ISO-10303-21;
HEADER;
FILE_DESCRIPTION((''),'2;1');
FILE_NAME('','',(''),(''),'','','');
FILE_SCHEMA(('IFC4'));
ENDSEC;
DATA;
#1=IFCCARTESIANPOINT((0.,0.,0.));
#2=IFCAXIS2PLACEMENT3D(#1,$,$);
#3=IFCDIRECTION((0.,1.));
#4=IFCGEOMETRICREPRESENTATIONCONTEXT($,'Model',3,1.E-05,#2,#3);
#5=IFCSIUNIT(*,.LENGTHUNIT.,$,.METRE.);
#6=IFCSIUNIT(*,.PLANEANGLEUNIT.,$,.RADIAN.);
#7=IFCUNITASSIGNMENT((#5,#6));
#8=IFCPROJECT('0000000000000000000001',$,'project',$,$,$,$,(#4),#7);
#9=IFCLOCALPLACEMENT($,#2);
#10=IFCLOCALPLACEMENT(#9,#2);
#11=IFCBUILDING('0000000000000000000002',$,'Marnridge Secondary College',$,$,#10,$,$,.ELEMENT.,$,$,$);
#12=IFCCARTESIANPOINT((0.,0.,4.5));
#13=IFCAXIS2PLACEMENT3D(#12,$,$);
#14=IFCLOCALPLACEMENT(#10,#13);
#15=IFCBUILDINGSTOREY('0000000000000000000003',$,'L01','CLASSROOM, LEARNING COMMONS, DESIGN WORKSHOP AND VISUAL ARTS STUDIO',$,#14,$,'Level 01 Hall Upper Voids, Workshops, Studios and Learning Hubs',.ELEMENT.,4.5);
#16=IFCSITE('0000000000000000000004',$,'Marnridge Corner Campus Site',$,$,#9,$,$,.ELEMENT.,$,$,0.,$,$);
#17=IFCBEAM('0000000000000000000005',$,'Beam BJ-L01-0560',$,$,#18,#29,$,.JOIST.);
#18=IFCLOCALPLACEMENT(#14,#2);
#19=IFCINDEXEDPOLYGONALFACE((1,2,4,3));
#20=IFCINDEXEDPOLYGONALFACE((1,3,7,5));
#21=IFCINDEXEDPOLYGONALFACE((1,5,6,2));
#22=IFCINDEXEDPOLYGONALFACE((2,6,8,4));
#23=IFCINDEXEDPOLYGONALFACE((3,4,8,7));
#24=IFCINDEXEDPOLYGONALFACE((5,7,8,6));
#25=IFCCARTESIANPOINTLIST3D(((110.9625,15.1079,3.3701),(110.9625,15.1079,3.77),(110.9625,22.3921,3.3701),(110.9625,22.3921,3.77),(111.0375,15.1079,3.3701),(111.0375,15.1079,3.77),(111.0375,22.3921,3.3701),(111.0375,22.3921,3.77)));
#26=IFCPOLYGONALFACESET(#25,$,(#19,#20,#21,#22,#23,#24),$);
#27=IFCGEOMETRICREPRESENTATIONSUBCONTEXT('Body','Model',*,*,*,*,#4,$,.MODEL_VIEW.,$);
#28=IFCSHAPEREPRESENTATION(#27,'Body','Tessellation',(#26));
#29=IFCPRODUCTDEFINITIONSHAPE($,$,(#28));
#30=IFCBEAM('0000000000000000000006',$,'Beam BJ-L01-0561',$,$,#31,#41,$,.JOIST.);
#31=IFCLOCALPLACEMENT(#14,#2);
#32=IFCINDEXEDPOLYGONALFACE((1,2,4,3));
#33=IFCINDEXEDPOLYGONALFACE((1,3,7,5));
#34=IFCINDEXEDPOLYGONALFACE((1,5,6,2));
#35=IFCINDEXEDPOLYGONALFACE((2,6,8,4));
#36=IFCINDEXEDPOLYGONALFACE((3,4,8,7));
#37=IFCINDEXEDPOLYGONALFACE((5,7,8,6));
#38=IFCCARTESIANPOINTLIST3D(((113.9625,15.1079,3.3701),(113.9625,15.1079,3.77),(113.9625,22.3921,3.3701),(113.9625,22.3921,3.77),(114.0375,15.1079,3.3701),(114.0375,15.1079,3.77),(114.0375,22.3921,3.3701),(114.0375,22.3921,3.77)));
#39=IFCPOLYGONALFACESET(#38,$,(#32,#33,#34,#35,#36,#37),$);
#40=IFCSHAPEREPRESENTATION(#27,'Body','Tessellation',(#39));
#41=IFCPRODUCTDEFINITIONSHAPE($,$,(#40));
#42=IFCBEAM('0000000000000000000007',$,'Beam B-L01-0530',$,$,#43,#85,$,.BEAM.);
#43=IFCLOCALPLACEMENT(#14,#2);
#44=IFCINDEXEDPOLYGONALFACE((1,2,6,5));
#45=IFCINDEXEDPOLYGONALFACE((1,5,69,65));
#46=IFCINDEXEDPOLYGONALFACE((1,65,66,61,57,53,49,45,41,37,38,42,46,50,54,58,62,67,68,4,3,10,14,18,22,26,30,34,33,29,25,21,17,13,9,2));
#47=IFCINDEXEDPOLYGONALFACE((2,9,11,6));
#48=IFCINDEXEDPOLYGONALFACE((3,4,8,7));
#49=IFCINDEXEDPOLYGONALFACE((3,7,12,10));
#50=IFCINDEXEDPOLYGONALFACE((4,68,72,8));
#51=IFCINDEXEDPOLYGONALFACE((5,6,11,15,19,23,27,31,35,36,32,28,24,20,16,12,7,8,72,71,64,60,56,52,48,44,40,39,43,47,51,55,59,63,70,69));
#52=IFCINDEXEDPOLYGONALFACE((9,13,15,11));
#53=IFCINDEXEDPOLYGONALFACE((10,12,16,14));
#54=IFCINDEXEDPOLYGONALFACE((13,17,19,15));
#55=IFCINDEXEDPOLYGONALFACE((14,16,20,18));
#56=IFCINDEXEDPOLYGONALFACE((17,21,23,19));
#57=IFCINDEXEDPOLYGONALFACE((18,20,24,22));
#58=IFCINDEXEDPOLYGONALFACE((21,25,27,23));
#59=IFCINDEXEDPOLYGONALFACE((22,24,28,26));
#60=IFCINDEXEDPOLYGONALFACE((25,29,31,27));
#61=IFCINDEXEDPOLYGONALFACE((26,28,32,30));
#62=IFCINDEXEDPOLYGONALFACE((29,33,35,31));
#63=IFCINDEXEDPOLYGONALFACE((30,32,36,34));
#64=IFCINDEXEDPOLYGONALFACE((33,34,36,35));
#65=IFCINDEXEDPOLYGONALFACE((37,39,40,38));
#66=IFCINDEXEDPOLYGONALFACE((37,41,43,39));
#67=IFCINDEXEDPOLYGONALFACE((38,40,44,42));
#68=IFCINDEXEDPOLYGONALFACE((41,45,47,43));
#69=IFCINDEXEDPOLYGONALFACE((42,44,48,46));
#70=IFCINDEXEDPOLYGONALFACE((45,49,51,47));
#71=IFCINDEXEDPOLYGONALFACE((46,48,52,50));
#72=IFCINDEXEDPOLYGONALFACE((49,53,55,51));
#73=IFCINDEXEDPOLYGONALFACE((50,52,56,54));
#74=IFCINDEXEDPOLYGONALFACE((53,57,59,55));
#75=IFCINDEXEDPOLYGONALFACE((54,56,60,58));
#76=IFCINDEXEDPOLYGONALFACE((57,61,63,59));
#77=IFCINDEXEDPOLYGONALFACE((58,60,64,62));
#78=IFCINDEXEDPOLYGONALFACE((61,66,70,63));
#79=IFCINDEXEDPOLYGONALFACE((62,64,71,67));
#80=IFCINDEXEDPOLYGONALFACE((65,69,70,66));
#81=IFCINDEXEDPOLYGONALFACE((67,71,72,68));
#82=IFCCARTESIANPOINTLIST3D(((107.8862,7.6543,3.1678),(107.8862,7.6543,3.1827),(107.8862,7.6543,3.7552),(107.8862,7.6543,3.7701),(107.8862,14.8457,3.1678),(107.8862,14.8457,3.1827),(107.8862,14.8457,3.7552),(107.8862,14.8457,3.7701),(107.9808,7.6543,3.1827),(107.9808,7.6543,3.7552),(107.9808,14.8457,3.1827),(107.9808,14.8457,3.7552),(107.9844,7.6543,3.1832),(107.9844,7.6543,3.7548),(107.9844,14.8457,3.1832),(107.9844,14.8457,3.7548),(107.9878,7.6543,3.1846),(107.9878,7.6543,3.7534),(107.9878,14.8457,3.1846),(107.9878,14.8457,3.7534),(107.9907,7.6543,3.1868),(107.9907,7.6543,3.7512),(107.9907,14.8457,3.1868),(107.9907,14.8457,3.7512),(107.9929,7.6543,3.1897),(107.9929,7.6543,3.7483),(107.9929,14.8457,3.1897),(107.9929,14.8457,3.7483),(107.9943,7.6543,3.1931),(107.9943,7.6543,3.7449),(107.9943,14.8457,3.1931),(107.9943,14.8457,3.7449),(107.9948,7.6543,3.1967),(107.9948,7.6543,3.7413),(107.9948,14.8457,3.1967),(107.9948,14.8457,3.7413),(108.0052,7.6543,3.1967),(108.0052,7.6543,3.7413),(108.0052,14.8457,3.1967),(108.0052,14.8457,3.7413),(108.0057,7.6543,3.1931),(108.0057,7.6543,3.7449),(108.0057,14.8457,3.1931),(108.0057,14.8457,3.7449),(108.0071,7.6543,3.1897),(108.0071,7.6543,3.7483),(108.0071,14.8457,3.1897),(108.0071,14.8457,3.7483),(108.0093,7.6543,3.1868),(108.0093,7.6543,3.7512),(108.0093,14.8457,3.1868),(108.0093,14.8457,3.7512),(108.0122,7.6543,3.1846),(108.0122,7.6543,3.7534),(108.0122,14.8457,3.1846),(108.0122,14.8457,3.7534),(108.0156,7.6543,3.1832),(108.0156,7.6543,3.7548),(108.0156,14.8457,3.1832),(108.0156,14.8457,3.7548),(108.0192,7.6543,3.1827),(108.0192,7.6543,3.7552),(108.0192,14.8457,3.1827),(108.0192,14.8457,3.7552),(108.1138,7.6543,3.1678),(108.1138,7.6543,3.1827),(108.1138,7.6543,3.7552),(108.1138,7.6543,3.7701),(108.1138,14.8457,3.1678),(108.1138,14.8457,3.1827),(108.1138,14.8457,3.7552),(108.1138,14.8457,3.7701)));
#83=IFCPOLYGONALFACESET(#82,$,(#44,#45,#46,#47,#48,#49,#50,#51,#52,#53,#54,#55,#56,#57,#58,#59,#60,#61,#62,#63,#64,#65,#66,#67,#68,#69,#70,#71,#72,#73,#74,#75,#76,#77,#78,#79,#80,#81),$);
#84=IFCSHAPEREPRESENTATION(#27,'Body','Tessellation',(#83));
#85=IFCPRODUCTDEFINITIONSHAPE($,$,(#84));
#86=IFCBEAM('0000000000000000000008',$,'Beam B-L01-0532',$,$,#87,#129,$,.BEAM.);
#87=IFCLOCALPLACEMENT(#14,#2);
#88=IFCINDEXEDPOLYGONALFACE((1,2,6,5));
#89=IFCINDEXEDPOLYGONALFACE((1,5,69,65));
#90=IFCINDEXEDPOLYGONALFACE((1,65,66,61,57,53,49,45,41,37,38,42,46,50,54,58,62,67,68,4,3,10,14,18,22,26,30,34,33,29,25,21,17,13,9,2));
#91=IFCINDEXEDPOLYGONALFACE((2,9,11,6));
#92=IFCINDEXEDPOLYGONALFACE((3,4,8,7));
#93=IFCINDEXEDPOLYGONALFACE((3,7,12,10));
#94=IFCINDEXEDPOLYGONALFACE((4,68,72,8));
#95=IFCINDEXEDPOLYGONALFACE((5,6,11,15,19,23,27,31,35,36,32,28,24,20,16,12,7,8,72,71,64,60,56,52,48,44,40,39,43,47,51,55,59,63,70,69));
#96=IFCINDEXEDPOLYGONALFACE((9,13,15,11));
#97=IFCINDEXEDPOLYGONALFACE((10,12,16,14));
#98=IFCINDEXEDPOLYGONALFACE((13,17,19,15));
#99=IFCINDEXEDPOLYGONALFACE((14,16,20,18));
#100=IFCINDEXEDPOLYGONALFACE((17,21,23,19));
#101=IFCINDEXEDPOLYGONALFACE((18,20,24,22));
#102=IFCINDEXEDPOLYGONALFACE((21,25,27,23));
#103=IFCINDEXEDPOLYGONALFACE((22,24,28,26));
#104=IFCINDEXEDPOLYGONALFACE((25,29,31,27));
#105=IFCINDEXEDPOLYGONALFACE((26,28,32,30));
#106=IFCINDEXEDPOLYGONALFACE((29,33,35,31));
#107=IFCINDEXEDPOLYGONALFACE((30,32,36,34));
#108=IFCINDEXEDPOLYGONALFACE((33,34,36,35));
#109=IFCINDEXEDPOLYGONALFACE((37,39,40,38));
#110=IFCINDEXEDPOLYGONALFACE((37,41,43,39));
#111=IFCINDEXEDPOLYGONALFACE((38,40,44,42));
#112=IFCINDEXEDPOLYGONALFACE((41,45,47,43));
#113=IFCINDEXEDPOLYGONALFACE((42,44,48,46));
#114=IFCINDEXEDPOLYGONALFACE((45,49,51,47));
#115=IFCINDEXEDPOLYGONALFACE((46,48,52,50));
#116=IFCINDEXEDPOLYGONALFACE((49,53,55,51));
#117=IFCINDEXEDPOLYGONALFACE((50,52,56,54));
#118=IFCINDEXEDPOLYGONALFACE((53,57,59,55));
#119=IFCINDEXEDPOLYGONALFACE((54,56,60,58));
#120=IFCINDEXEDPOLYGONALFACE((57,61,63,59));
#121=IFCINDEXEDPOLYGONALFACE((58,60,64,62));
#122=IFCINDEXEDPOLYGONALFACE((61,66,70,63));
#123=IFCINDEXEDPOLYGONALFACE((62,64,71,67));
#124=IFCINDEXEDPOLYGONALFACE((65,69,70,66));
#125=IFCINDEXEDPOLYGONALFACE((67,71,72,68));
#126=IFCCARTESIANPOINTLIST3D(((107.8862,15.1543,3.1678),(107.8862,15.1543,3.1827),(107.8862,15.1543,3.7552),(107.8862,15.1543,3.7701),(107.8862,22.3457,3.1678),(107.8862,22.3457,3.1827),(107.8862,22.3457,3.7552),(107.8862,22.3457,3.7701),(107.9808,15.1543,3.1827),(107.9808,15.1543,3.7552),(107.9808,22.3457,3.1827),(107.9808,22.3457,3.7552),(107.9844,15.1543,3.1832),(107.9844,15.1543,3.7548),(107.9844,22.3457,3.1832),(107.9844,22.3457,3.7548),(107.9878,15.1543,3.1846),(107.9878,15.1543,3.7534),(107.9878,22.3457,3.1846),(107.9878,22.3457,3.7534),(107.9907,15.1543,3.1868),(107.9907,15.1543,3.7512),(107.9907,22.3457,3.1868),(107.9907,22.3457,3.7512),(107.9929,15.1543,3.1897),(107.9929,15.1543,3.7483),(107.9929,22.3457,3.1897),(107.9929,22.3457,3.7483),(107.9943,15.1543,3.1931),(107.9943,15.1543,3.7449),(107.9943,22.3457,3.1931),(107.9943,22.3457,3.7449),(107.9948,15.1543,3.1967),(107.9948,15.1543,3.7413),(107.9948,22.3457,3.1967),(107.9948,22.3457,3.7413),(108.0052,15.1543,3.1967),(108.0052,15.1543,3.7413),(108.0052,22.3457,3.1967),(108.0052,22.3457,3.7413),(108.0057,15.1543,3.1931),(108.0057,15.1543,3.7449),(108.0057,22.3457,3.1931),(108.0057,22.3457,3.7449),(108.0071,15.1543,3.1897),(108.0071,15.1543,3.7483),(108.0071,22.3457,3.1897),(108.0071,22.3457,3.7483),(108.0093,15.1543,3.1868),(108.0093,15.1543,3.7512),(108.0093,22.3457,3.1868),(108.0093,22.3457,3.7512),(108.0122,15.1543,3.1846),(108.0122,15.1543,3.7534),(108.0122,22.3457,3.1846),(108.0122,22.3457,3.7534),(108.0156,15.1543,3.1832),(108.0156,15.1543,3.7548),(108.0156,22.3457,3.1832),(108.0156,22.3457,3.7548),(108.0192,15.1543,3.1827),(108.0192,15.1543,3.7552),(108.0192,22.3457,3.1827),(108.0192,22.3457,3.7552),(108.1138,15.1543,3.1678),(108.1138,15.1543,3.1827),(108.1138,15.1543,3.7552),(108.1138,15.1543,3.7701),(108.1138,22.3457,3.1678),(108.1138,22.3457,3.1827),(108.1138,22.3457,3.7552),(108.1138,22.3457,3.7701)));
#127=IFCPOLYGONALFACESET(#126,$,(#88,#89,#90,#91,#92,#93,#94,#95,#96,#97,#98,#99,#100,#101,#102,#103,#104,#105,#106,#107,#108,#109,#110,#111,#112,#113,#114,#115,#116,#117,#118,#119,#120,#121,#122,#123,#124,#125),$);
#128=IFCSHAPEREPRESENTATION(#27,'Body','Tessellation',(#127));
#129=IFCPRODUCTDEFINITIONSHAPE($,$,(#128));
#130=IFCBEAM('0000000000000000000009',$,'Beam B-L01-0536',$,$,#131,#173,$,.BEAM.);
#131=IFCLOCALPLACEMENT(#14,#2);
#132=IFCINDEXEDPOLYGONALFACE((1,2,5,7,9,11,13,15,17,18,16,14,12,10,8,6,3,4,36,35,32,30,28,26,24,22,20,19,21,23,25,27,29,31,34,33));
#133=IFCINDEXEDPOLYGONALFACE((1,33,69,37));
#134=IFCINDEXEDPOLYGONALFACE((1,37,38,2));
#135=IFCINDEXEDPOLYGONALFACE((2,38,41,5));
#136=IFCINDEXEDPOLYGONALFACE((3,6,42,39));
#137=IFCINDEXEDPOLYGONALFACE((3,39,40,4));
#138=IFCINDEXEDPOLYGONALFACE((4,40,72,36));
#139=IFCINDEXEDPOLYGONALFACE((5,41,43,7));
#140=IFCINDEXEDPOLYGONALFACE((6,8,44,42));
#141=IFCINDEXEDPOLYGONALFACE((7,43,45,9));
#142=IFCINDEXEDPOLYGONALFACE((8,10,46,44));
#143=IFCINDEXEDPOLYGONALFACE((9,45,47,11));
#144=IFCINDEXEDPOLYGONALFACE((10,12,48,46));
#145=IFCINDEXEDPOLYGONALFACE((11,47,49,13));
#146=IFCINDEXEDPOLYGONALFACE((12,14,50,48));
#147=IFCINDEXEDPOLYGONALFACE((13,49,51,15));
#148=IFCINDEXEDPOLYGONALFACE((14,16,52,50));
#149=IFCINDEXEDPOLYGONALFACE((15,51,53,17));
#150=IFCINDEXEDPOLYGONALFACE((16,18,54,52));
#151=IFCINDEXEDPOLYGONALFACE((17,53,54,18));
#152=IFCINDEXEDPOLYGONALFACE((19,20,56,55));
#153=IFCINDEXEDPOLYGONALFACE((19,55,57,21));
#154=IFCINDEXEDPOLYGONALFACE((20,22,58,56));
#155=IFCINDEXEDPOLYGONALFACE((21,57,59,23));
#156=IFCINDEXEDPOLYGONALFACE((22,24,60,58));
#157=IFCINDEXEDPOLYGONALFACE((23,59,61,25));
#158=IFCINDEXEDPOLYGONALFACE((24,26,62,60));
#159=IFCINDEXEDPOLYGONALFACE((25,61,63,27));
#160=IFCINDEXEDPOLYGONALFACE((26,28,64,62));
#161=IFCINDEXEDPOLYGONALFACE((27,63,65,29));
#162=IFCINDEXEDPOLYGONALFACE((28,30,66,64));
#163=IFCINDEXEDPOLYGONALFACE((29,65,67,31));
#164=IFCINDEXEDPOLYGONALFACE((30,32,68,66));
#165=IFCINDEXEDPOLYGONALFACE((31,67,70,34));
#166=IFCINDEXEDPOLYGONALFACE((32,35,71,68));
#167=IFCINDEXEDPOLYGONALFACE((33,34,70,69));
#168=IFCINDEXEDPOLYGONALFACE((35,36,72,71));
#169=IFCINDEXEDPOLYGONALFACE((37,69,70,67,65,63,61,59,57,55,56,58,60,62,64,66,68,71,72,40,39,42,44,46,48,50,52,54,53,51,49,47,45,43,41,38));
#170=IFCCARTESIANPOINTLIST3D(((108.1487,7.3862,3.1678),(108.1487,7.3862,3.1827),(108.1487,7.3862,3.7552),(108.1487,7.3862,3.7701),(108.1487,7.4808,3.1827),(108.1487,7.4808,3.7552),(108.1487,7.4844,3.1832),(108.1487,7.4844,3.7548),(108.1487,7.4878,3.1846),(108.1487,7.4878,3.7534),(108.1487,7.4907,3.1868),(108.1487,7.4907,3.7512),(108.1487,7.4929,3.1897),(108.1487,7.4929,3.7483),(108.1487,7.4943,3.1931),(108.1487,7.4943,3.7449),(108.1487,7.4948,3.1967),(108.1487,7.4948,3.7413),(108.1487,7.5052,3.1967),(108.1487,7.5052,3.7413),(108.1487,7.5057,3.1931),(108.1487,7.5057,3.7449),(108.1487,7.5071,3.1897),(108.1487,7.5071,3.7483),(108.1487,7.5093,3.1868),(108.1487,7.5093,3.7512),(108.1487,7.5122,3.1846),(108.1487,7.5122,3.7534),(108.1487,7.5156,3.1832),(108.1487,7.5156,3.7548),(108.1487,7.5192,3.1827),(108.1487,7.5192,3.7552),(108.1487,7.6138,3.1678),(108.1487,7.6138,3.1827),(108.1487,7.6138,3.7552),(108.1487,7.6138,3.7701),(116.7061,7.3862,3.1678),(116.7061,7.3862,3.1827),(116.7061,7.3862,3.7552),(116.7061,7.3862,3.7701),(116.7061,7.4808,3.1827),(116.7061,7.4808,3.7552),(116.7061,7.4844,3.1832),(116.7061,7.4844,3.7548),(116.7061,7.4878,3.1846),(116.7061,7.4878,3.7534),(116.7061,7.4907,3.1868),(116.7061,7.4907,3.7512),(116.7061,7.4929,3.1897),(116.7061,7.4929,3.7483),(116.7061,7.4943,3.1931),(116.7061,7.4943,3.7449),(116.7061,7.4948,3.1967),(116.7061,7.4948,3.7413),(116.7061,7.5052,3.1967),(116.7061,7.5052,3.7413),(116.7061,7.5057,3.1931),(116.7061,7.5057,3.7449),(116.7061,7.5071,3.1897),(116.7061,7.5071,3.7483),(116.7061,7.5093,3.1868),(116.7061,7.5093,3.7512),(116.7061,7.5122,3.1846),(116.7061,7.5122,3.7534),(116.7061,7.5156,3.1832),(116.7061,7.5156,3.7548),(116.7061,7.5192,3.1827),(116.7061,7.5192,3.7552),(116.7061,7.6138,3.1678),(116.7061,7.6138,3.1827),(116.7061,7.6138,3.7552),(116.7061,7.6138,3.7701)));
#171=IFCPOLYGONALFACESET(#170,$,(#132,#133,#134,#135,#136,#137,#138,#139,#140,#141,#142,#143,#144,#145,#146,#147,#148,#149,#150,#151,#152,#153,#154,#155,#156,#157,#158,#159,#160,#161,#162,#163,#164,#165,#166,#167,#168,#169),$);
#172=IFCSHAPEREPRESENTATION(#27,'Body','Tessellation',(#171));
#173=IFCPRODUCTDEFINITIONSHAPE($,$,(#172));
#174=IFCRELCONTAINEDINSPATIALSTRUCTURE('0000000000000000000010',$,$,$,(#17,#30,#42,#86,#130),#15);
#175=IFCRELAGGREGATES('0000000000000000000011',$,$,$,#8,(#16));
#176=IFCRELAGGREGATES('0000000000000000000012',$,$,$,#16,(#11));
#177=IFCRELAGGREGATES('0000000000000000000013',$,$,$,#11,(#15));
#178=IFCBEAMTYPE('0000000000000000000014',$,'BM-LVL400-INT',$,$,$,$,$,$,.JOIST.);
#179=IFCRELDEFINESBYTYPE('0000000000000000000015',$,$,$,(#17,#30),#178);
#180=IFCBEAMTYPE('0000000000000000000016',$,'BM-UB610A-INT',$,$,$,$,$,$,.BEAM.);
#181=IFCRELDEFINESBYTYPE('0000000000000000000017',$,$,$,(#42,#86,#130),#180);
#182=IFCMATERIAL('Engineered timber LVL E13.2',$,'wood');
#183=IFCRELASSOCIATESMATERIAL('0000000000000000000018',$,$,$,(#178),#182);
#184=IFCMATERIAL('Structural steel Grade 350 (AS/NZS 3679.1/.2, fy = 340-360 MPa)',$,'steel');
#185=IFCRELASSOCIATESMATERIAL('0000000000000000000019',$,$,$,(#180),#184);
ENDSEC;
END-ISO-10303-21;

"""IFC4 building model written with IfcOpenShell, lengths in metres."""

from ifc_helpers import new_model, si_unit, direction, frame, origin, origin_2d, place, context, subcontext, project, spatial, rectangle, i_section, extrude, material, material_profile, profile_set, type_object, element, save


model = new_model("IFC4")

# Units and contexts
model_context = context("Model", 3, precision=1e-05, world=origin(), true_north=direction((0.0, 1.0)))
body_context = subcontext(model_context, "Body", "Model", "MODEL_VIEW")
ifc_project = project(units=[si_unit("LENGTHUNIT", "METRE"), si_unit("PLANEANGLEUNIT", "RADIAN")], contexts=[model_context])

# Site, building, storey
site_placement = place(None, origin())
site = spatial("IfcSite", under=ifc_project, at=site_placement, Name="Marnridge Corner Campus Site", CompositionType="ELEMENT", RefElevation=0.0)
building_placement = place(site_placement, origin())
building = spatial("IfcBuilding", under=site, at=building_placement, Name="Marnridge Secondary College", CompositionType="ELEMENT")
storey_placement = place(building_placement, frame((0.0, 0.0, 4.5)))
storey = spatial("IfcBuildingStorey", under=building, at=storey_placement, Name="L01", Description="CLASSROOM, LEARNING COMMONS, DESIGN WORKSHOP AND VISUAL ARTS STUDIO", LongName="Level 01 Hall Upper Voids, Workshops, Studios and Learning Hubs", CompositionType="ELEMENT", Elevation=4.5)

# Beams
ifc_material_1 = material(Name="Engineered timber LVL E13.2", Category="wood")
ifc_material_profile_1 = material_profile(ifc_material_1, rectangle(XDim=0.075, YDim=0.3999, at=origin_2d()), Name="LVL 75x400")
ifc_profile_set_1 = profile_set([ifc_material_profile_1], Name="Engineered timber LVL E13.2")
beam_type_1 = type_object("IfcBeamType", Name="BM-LVL400-INT", PredefinedType="JOIST", material=ifc_profile_set_1)
for number, where, z_axis, x_axis, name in (
    (1, (111.0, 15.1079, 3.5701), (0.0, 1.0, 0.0), (-1.0, 0.0, 0.0), "Beam BJ-L01-0560"),
    (2, (114.0, 15.1079, 3.5701), (0.0, 1.0, 0.0), (-1.0, 0.0, 0.0), "Beam BJ-L01-0561"),
):
    element("IfcBeam", number, at=place(storey_placement, frame(where, z_axis=z_axis, x_axis=x_axis)), inside=storey, type_object=beam_type_1, Name=name, PredefinedType="JOIST", context=body_context, shape_type="SweptSolid", body=[
        extrude(rectangle(XDim=0.075, YDim=0.3999, at=origin_2d()), origin(), (0.0, 0.0, 1.0), 7.2842),
    ])
ifc_material_2 = material(Name="Structural steel Grade 350 (AS/NZS 3679.1/.2, fy = 340-360 MPa)", Category="steel")
ifc_material_profile_2 = material_profile(ifc_material_2, i_section(OverallWidth=0.2275, OverallDepth=0.6023, WebThickness=0.0105, FlangeThickness=0.0149, FilletRadius=0.0139, at=origin_2d()), Name="610UB101")
ifc_profile_set_2 = profile_set([ifc_material_profile_2], Name="Structural steel Grade 350 (AS/NZS 3679.1/.2, fy = 340-360 MPa)")
beam_type_2 = type_object("IfcBeamType", Name="BM-UB610A-INT", PredefinedType="BEAM", material=ifc_profile_set_2)
for number, where, z_axis, x_axis, name in (
    (3, (108.0, 7.6543, 3.469), (0.0, 1.0, 0.0), (-1.0, 0.0, 0.0), "Beam B-L01-0530"),
    (4, (108.0, 15.1543, 3.469), (0.0, 1.0, 0.0), (-1.0, 0.0, 0.0), "Beam B-L01-0532"),
):
    element("IfcBeam", number, at=place(storey_placement, frame(where, z_axis=z_axis, x_axis=x_axis)), inside=storey, type_object=beam_type_2, Name=name, PredefinedType="BEAM", context=body_context, shape_type="SweptSolid", body=[
        extrude(i_section(OverallWidth=0.2275, OverallDepth=0.6023, WebThickness=0.0105, FlangeThickness=0.0149, FilletRadius=0.0139, at=origin_2d()), origin(), (0.0, 0.0, 1.0), 7.1914),
    ])
for number, where, z_axis, x_axis, name in (
    (5, (108.1487, 7.5, 3.469), (1.0, 0.0, 0.0), (0.0, 1.0, 0.0), "Beam B-L01-0536"),
):
    element("IfcBeam", number, at=place(storey_placement, frame(where, z_axis=z_axis, x_axis=x_axis)), inside=storey, type_object=beam_type_2, Name=name, PredefinedType="BEAM", context=body_context, shape_type="SweptSolid", body=[
        extrude(i_section(OverallWidth=0.2275, OverallDepth=0.6023, WebThickness=0.0105, FlangeThickness=0.0149, FilletRadius=0.0139, at=origin_2d()), origin(), (0.0, 0.0, 1.0), 8.5574),
    ])

save(model, "model.ifc")
